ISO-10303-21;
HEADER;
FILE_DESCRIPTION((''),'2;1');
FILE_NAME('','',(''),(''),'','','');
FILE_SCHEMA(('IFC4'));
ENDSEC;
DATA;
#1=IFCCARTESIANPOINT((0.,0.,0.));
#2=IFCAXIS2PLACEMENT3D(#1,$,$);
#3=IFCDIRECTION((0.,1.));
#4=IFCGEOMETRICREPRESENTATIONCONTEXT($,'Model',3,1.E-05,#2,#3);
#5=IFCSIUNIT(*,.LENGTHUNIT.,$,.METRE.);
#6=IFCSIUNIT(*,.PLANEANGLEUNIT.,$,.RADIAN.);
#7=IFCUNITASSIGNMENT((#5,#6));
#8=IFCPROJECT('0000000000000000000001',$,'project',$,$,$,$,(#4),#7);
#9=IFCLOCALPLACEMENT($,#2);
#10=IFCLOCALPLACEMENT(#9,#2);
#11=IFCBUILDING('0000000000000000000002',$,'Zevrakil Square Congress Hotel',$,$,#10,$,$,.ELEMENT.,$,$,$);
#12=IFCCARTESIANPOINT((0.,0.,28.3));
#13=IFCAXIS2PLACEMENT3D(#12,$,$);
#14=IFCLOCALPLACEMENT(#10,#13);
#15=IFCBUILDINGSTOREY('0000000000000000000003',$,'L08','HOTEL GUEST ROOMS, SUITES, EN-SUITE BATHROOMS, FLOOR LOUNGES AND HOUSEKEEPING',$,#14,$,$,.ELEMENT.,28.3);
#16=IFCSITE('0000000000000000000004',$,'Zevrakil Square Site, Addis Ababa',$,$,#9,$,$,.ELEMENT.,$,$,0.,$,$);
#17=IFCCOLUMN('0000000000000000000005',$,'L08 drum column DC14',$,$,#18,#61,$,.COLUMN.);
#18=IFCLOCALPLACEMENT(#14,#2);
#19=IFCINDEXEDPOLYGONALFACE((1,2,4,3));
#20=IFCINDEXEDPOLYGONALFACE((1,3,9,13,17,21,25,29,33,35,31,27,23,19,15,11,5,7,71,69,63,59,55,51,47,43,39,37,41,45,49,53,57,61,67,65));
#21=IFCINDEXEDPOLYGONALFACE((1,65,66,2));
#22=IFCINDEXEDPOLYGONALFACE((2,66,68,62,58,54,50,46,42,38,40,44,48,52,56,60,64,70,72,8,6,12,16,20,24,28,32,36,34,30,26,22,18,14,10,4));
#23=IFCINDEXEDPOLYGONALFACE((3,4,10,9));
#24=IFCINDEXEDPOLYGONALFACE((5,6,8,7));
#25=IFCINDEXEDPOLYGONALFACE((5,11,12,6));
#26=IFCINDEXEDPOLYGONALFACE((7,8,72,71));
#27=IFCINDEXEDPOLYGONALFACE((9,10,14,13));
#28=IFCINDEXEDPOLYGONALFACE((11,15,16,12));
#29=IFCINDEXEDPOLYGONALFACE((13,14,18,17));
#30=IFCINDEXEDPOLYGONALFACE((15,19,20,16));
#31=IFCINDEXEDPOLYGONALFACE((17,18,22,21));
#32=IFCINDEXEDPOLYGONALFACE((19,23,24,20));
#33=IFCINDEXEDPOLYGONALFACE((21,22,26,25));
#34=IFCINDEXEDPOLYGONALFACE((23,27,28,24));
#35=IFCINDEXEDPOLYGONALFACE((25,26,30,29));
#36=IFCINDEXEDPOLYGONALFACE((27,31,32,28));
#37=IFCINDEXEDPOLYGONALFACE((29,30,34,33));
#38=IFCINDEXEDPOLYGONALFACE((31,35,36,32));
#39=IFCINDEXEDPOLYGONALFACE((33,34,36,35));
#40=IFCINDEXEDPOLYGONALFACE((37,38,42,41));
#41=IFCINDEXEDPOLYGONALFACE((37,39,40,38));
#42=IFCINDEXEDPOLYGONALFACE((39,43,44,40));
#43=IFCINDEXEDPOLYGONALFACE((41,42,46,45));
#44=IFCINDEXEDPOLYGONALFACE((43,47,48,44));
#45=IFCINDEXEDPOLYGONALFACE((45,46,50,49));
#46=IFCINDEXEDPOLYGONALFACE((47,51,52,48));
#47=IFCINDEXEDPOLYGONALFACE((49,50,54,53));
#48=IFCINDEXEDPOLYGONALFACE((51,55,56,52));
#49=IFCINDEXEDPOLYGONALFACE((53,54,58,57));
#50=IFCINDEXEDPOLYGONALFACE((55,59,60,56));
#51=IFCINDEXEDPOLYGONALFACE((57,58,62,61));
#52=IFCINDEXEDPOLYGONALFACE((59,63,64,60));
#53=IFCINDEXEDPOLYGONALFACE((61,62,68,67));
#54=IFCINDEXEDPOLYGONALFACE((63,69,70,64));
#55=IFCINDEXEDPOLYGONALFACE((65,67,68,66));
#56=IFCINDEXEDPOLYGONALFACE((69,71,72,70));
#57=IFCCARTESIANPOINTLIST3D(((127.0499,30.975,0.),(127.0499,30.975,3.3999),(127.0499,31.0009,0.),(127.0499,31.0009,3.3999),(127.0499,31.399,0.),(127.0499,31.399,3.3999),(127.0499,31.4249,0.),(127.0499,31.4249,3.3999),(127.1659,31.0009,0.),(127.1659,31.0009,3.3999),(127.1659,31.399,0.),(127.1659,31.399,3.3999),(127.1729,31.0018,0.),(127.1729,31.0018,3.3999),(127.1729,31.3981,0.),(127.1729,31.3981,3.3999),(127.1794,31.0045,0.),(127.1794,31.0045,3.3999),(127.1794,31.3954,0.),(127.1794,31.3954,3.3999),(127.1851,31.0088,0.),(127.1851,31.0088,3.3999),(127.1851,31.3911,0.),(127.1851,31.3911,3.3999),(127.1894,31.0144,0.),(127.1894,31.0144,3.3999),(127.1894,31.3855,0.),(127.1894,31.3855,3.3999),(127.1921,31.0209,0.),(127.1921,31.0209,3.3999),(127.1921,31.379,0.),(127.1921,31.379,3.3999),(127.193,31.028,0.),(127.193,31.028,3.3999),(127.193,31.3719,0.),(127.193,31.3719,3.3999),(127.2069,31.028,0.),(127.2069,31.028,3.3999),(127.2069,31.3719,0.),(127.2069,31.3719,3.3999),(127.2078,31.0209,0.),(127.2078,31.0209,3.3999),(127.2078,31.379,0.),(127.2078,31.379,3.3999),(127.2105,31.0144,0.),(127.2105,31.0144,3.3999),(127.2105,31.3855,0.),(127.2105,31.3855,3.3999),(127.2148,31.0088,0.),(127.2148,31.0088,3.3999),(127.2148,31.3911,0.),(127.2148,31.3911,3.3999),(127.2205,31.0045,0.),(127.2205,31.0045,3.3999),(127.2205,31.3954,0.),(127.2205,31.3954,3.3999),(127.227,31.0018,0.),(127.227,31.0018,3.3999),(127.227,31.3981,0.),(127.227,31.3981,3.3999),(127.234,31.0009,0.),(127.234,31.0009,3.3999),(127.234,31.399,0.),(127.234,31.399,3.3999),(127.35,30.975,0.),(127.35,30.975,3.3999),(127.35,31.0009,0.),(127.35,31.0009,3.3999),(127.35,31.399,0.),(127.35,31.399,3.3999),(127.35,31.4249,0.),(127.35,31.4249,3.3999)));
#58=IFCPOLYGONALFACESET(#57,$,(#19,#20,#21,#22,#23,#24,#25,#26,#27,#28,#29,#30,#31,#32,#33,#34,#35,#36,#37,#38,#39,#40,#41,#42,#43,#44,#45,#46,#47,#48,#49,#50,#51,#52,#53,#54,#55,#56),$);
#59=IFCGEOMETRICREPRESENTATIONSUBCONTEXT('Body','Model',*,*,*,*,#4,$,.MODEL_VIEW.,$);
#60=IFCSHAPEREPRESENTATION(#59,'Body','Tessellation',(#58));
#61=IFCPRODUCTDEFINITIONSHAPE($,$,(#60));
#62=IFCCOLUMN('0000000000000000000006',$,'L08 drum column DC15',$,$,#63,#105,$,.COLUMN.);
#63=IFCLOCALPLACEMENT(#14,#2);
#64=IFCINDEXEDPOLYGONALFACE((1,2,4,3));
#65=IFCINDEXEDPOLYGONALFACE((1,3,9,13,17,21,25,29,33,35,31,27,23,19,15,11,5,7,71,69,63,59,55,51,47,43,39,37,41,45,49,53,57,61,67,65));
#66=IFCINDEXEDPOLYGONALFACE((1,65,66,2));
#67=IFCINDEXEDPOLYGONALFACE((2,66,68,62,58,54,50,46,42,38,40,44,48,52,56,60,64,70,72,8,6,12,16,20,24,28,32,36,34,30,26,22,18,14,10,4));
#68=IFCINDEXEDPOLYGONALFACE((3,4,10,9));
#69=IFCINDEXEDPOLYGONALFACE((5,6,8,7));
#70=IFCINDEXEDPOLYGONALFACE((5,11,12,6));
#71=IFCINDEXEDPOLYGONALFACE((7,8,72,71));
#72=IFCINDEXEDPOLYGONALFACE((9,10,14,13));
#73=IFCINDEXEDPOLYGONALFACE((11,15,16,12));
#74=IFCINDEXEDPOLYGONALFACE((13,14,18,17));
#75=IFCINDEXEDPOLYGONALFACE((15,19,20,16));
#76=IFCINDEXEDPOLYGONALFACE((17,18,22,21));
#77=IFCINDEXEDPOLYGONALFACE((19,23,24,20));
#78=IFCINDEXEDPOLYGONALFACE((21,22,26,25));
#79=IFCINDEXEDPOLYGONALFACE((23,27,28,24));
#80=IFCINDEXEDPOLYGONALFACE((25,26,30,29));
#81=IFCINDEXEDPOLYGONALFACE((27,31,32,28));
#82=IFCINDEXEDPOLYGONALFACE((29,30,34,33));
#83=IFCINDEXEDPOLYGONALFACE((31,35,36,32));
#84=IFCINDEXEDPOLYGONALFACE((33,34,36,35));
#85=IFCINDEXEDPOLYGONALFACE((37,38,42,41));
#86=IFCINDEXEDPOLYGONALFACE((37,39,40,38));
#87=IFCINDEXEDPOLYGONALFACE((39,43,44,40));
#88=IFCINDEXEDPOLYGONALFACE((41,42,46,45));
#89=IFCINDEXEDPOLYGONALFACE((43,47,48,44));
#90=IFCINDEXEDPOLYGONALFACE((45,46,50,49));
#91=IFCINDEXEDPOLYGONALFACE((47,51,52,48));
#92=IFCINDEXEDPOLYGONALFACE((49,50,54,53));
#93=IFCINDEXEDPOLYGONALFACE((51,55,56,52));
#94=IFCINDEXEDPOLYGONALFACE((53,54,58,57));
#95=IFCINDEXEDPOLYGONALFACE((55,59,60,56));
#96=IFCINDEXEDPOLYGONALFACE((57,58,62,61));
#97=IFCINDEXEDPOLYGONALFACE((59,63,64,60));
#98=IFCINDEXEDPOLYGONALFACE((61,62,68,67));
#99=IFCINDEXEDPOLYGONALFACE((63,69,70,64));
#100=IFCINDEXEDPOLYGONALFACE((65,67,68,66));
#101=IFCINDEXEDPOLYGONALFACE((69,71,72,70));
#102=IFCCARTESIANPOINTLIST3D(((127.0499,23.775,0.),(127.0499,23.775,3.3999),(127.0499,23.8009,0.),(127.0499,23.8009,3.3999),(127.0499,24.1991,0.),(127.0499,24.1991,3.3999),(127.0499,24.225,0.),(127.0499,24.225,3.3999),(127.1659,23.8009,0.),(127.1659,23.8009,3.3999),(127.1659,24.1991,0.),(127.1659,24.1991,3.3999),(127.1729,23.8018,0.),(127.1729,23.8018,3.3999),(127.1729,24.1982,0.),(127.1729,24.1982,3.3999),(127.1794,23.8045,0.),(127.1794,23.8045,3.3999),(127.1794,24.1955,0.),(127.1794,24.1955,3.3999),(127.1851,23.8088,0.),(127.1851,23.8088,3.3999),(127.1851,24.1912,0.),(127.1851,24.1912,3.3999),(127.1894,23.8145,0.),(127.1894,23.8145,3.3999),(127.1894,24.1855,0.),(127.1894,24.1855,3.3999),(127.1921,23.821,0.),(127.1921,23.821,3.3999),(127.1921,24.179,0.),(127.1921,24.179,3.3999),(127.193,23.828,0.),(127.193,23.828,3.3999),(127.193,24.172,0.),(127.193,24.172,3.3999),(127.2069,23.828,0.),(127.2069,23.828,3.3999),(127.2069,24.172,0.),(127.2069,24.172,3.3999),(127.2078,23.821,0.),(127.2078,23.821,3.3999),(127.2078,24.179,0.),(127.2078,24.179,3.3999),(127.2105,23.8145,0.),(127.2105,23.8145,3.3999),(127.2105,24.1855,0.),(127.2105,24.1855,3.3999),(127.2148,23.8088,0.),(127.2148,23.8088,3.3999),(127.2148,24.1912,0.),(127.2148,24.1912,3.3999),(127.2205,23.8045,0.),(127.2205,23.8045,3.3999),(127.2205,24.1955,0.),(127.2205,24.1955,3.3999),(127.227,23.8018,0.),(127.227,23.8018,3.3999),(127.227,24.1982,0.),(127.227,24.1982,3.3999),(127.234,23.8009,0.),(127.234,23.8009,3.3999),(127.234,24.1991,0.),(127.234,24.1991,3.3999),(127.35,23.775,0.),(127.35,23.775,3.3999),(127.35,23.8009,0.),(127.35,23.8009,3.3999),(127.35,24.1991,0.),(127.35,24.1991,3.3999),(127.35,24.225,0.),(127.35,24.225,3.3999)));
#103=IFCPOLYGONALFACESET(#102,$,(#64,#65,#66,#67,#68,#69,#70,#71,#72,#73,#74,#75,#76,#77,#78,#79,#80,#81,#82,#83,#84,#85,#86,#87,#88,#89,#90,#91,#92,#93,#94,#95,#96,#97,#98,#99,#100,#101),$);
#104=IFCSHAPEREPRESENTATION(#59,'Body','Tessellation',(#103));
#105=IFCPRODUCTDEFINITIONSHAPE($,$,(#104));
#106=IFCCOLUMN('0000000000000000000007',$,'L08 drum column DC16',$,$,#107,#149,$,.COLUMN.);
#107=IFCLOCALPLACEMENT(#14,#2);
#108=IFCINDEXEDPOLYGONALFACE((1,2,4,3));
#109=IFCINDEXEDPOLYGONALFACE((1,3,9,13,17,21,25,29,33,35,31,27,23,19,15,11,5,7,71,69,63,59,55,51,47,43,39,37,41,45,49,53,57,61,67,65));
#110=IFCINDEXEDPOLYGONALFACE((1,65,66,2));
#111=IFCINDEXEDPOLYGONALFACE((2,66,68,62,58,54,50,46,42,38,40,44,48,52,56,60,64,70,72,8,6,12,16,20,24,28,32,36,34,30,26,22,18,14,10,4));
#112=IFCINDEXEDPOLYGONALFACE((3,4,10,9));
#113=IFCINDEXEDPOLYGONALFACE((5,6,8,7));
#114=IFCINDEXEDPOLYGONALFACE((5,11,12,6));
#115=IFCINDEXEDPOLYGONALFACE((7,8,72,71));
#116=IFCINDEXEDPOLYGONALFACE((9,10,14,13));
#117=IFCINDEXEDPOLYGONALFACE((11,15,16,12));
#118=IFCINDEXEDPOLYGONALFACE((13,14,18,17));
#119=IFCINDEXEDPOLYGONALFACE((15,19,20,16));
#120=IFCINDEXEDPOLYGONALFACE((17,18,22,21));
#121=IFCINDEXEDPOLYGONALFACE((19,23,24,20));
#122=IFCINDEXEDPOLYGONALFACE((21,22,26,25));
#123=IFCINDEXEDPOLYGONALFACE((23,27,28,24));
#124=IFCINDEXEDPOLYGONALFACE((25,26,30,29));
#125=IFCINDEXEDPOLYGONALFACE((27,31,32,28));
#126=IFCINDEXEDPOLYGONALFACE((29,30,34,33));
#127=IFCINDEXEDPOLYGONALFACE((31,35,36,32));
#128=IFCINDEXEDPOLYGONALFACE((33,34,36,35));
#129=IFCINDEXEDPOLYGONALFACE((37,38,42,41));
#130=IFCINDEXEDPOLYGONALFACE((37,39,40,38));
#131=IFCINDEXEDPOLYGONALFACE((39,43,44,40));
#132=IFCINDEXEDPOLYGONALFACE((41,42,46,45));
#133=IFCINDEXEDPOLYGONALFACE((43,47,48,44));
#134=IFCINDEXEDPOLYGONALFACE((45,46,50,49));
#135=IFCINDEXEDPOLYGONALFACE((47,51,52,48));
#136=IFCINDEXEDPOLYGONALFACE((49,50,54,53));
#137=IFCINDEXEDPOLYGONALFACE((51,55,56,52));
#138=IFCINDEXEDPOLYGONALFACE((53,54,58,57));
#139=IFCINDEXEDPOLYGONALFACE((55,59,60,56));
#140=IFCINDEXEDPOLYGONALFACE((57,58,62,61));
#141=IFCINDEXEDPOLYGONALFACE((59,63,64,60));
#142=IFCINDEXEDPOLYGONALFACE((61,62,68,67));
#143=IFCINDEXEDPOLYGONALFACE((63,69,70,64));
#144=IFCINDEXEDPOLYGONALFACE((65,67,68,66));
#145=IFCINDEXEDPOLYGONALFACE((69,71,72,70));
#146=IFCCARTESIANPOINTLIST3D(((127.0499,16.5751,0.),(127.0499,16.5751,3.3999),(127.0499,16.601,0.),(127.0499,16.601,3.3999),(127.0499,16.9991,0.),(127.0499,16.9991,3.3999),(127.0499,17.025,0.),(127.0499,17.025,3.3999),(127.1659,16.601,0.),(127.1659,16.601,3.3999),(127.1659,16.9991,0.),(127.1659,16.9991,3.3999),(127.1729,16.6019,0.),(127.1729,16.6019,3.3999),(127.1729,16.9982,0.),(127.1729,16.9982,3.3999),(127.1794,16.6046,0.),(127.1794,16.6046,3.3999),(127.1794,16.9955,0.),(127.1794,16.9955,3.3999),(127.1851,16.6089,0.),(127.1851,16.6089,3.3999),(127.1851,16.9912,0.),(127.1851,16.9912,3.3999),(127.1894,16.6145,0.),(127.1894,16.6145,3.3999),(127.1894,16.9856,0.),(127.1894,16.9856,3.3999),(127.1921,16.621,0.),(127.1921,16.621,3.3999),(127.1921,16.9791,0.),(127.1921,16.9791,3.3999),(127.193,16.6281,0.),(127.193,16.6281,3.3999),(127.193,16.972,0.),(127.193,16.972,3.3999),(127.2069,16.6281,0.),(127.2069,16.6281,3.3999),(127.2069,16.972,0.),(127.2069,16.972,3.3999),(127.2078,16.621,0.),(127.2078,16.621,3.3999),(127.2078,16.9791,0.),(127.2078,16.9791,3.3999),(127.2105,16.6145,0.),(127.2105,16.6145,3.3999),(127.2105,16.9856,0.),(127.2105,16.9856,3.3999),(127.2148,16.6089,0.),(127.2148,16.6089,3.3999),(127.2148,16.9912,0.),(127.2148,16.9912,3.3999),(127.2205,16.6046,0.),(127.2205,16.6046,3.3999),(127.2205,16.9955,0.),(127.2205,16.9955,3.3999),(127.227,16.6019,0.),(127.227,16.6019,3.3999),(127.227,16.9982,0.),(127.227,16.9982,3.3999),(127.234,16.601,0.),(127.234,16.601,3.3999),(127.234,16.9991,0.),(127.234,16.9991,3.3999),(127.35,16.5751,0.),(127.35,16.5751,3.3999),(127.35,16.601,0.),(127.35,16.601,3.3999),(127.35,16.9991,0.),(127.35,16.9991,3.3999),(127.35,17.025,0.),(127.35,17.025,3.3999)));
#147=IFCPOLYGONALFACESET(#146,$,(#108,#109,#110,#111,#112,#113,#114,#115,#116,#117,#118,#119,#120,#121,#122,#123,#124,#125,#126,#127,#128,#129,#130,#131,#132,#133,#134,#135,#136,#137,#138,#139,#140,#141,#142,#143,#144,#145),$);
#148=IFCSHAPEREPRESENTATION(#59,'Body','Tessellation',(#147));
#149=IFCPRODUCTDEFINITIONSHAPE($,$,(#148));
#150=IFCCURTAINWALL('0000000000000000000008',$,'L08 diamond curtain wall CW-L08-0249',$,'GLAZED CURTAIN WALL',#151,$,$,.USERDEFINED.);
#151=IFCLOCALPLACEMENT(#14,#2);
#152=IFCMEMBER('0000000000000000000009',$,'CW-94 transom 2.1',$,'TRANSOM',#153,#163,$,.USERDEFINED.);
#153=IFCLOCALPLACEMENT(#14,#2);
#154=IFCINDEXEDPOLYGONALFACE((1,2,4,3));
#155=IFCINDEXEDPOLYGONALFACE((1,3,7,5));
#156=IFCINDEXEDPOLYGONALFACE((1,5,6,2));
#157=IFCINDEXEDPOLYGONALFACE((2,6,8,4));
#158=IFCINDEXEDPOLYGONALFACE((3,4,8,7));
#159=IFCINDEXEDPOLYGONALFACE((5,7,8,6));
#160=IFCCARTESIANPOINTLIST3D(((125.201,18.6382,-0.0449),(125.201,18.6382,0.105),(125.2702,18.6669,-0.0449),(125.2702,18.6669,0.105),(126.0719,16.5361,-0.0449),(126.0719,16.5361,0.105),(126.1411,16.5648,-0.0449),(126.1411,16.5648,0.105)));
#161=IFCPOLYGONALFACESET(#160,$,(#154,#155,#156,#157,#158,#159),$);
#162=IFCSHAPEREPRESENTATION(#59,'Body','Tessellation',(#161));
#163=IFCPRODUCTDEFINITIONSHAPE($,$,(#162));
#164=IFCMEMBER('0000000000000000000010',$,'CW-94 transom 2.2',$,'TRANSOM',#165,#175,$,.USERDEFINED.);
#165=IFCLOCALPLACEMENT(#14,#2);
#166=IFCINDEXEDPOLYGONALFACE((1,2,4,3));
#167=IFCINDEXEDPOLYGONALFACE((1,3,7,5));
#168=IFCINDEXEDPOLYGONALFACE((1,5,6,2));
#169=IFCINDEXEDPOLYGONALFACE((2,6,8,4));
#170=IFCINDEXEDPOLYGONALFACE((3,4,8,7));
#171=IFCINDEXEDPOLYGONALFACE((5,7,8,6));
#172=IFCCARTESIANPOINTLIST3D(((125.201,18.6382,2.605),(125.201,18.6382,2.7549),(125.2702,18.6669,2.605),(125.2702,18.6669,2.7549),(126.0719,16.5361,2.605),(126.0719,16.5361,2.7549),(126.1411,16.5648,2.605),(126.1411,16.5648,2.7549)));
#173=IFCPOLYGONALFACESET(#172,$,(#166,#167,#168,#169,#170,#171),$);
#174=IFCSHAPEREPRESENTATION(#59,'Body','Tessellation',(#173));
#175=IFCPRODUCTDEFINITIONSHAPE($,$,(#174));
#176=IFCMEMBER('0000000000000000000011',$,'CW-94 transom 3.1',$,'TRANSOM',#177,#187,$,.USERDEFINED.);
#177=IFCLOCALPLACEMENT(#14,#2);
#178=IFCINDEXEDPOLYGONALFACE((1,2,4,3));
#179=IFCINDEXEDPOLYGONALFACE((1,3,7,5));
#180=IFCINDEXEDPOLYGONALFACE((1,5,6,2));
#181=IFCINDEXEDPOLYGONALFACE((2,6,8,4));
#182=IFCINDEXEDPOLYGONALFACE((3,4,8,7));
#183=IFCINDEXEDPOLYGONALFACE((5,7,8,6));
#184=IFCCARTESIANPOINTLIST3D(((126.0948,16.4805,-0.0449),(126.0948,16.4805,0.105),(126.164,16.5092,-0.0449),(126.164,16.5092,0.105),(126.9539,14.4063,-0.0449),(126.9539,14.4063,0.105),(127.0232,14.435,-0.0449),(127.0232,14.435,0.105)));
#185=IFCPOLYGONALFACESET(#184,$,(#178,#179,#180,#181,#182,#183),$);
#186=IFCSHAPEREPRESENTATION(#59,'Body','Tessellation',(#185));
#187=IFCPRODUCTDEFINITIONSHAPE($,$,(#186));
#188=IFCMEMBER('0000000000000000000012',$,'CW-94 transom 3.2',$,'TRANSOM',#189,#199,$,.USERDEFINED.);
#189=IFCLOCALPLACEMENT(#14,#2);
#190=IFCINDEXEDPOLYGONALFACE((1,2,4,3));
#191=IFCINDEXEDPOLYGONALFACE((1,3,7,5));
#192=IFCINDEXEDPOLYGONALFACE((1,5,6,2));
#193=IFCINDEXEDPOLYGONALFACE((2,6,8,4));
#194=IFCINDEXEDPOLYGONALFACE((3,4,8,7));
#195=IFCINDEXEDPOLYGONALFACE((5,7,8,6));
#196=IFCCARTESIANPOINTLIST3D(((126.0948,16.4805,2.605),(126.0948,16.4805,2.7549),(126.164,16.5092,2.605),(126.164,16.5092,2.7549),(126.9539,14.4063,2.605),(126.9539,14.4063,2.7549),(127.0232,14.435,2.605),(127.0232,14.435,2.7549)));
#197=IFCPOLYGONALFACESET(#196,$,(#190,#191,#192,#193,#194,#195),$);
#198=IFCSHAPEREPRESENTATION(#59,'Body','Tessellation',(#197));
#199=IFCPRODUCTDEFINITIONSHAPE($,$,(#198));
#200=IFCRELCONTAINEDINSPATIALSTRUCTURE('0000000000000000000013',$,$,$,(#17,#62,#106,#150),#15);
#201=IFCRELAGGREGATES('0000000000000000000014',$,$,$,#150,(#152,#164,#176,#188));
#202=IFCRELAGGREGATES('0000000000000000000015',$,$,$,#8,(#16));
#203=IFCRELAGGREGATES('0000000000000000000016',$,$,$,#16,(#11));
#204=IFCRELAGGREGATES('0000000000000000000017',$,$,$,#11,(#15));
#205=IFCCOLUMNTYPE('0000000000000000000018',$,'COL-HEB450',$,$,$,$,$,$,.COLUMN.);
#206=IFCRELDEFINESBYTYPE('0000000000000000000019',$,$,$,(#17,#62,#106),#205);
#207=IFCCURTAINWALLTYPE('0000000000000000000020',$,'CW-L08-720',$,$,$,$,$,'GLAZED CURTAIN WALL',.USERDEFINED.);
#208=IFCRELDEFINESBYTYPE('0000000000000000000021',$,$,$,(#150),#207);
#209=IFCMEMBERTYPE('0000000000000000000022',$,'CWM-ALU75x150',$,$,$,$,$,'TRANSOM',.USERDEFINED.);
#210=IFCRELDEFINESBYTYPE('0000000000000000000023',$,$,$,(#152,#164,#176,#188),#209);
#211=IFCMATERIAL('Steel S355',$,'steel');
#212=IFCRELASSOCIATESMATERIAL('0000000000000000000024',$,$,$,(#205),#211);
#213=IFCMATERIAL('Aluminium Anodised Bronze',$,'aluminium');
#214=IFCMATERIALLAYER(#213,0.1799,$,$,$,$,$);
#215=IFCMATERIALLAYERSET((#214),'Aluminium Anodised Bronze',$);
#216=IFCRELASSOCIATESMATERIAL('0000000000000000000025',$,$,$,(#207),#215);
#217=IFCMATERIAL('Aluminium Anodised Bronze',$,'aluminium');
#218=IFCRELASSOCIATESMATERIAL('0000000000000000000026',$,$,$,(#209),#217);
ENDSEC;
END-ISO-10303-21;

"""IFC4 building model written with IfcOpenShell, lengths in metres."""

from ifc_helpers import new_model, si_unit, direction, frame, origin, origin_2d, place, context, subcontext, project, spatial, rectangle, i_section, extrude, material, layer, layer_set, material_profile, profile_set, type_object, element, aggregate, save


model = new_model("IFC4")

# Units and contexts
model_context = context("Model", 3, precision=1e-05, world=origin(), true_north=direction((0.0, 1.0)))
body_context = subcontext(model_context, "Body", "Model", "MODEL_VIEW")
ifc_project = project(units=[si_unit("LENGTHUNIT", "METRE"), si_unit("PLANEANGLEUNIT", "RADIAN")], contexts=[model_context])

# Site, building, storey
site_placement = place(None, origin())
site = spatial("IfcSite", under=ifc_project, at=site_placement, Name="Zevrakil Square Site, Addis Ababa", CompositionType="ELEMENT", RefElevation=0.0)
building_placement = place(site_placement, origin())
building = spatial("IfcBuilding", under=site, at=building_placement, Name="Zevrakil Square Congress Hotel", CompositionType="ELEMENT")
storey_placement = place(building_placement, frame((0.0, 0.0, 28.3)))
storey = spatial("IfcBuildingStorey", under=building, at=storey_placement, Name="L08", Description="HOTEL GUEST ROOMS, SUITES, EN-SUITE BATHROOMS, FLOOR LOUNGES AND HOUSEKEEPING", CompositionType="ELEMENT", Elevation=28.3)

# Columns
ifc_material_1 = material(Name="Steel S355", Category="steel")
ifc_material_profile_1 = material_profile(ifc_material_1, i_section(OverallWidth=0.3, OverallDepth=0.45, WebThickness=0.0139, FlangeThickness=0.0259, FilletRadius=0.0271, at=origin_2d()), Name="HEB 450")
ifc_profile_set_1 = profile_set([ifc_material_profile_1], Name="Steel S355")
column_type = type_object("IfcColumnType", Name="COL-HEB450", PredefinedType="COLUMN", material=ifc_profile_set_1)
for number, where, z_axis, x_axis, name in (
    (1, (127.2, 31.2, 0.0), (0.0, 0.0, 1.0), (1.0, 0.0, 0.0), "L08 drum column DC14"),
    (2, (127.2, 24.0, 0.0), (0.0, 0.0, 1.0), (1.0, 0.0, 0.0), "L08 drum column DC15"),
    (3, (127.2, 16.8, 0.0), (0.0, 0.0, 1.0), (1.0, 0.0, 0.0), "L08 drum column DC16"),
):
    element("IfcColumn", number, at=place(storey_placement, frame(where, z_axis=z_axis, x_axis=x_axis)), inside=storey, type_object=column_type, Name=name, PredefinedType="COLUMN", context=body_context, shape_type="SweptSolid", body=[
        extrude(i_section(OverallWidth=0.3, OverallDepth=0.45, WebThickness=0.0139, FlangeThickness=0.0259, FilletRadius=0.0271, at=origin_2d()), origin(), (0.0, 0.0, 1.0), 3.3999),
    ])

# Curtain wall, members
ifc_material_2 = material(Name="Aluminium Anodised Bronze", Category="aluminium")
ifc_layer_1 = layer(ifc_material_2, 0.1799)
ifc_layer_set_1 = layer_set([ifc_layer_1], Name="Aluminium Anodised Bronze")
curtain_wall_type = type_object("IfcCurtainWallType", Name="CW-L08-720", ElementType="GLAZED CURTAIN WALL", PredefinedType="USERDEFINED", material=ifc_layer_set_1)
curtain_wall_1_placement = place(storey_placement, origin())
curtain_wall_1 = element("IfcCurtainWall", 4, at=curtain_wall_1_placement, inside=storey, type_object=curtain_wall_type, Name="L08 diamond curtain wall CW-L08-0249", ObjectType="GLAZED CURTAIN WALL", PredefinedType="USERDEFINED")
ifc_material_3 = material(Name="Aluminium Anodised Bronze", Category="aluminium")
ifc_material_profile_2 = material_profile(ifc_material_3, rectangle(XDim=0.075, YDim=0.1499, at=origin_2d()), Name="ALU 75x150")
ifc_profile_set_2 = profile_set([ifc_material_profile_2], Name="Aluminium Anodised Bronze")
member_type_1 = type_object("IfcMemberType", Name="CWM-ALU75x150", ElementType="TRANSOM", PredefinedType="USERDEFINED", material=ifc_profile_set_2)
member_1_placement = place(storey_placement, frame((125.2356, 18.6526, 0.03), z_axis=(0.38274, -0.923856, 0.0), x_axis=(0.923856, 0.38274, 0.0)))
member_1 = element("IfcMember", 5, at=member_1_placement, type_object=member_type_1, Name="CW-94 transom 2.1", ObjectType="TRANSOM", PredefinedType="USERDEFINED", context=body_context, shape_type="SweptSolid", body=[
    extrude(rectangle(XDim=0.075, YDim=0.1499, at=origin_2d()), origin(), (0.0, 0.0, 1.0), 2.2754),
])
member_2_placement = place(storey_placement, frame((125.2356, 18.6526, 2.6799), z_axis=(0.38274, -0.923856, 0.0), x_axis=(0.923856, 0.38274, 0.0)))
member_2 = element("IfcMember", 6, at=member_2_placement, type_object=member_type_1, Name="CW-94 transom 2.2", ObjectType="TRANSOM", PredefinedType="USERDEFINED", context=body_context, shape_type="SweptSolid", body=[
    extrude(rectangle(XDim=0.075, YDim=0.1499, at=origin_2d()), origin(), (0.0, 0.0, 1.0), 2.2754),
])
member_3_placement = place(storey_placement, frame((126.1294, 16.4949, 0.03), z_axis=(0.382669, -0.923886, 0.0), x_axis=(0.923886, 0.382669, 0.0)))
member_3 = element("IfcMember", 7, at=member_3_placement, type_object=member_type_1, Name="CW-94 transom 3.1", ObjectType="TRANSOM", PredefinedType="USERDEFINED", context=body_context, shape_type="SweptSolid", body=[
    extrude(rectangle(XDim=0.075, YDim=0.1499, at=origin_2d()), origin(), (0.0, 0.0, 1.0), 2.2451),
])
member_4_placement = place(storey_placement, frame((126.1294, 16.4949, 2.6799), z_axis=(0.382669, -0.923886, 0.0), x_axis=(0.923886, 0.382669, 0.0)))
member_4 = element("IfcMember", 8, at=member_4_placement, type_object=member_type_1, Name="CW-94 transom 3.2", ObjectType="TRANSOM", PredefinedType="USERDEFINED", context=body_context, shape_type="SweptSolid", body=[
    extrude(rectangle(XDim=0.075, YDim=0.1499, at=origin_2d()), origin(), (0.0, 0.0, 1.0), 2.2451),
])

aggregate(curtain_wall_1, [member_1, member_2, member_3, member_4])

save(model, "model.ifc")
